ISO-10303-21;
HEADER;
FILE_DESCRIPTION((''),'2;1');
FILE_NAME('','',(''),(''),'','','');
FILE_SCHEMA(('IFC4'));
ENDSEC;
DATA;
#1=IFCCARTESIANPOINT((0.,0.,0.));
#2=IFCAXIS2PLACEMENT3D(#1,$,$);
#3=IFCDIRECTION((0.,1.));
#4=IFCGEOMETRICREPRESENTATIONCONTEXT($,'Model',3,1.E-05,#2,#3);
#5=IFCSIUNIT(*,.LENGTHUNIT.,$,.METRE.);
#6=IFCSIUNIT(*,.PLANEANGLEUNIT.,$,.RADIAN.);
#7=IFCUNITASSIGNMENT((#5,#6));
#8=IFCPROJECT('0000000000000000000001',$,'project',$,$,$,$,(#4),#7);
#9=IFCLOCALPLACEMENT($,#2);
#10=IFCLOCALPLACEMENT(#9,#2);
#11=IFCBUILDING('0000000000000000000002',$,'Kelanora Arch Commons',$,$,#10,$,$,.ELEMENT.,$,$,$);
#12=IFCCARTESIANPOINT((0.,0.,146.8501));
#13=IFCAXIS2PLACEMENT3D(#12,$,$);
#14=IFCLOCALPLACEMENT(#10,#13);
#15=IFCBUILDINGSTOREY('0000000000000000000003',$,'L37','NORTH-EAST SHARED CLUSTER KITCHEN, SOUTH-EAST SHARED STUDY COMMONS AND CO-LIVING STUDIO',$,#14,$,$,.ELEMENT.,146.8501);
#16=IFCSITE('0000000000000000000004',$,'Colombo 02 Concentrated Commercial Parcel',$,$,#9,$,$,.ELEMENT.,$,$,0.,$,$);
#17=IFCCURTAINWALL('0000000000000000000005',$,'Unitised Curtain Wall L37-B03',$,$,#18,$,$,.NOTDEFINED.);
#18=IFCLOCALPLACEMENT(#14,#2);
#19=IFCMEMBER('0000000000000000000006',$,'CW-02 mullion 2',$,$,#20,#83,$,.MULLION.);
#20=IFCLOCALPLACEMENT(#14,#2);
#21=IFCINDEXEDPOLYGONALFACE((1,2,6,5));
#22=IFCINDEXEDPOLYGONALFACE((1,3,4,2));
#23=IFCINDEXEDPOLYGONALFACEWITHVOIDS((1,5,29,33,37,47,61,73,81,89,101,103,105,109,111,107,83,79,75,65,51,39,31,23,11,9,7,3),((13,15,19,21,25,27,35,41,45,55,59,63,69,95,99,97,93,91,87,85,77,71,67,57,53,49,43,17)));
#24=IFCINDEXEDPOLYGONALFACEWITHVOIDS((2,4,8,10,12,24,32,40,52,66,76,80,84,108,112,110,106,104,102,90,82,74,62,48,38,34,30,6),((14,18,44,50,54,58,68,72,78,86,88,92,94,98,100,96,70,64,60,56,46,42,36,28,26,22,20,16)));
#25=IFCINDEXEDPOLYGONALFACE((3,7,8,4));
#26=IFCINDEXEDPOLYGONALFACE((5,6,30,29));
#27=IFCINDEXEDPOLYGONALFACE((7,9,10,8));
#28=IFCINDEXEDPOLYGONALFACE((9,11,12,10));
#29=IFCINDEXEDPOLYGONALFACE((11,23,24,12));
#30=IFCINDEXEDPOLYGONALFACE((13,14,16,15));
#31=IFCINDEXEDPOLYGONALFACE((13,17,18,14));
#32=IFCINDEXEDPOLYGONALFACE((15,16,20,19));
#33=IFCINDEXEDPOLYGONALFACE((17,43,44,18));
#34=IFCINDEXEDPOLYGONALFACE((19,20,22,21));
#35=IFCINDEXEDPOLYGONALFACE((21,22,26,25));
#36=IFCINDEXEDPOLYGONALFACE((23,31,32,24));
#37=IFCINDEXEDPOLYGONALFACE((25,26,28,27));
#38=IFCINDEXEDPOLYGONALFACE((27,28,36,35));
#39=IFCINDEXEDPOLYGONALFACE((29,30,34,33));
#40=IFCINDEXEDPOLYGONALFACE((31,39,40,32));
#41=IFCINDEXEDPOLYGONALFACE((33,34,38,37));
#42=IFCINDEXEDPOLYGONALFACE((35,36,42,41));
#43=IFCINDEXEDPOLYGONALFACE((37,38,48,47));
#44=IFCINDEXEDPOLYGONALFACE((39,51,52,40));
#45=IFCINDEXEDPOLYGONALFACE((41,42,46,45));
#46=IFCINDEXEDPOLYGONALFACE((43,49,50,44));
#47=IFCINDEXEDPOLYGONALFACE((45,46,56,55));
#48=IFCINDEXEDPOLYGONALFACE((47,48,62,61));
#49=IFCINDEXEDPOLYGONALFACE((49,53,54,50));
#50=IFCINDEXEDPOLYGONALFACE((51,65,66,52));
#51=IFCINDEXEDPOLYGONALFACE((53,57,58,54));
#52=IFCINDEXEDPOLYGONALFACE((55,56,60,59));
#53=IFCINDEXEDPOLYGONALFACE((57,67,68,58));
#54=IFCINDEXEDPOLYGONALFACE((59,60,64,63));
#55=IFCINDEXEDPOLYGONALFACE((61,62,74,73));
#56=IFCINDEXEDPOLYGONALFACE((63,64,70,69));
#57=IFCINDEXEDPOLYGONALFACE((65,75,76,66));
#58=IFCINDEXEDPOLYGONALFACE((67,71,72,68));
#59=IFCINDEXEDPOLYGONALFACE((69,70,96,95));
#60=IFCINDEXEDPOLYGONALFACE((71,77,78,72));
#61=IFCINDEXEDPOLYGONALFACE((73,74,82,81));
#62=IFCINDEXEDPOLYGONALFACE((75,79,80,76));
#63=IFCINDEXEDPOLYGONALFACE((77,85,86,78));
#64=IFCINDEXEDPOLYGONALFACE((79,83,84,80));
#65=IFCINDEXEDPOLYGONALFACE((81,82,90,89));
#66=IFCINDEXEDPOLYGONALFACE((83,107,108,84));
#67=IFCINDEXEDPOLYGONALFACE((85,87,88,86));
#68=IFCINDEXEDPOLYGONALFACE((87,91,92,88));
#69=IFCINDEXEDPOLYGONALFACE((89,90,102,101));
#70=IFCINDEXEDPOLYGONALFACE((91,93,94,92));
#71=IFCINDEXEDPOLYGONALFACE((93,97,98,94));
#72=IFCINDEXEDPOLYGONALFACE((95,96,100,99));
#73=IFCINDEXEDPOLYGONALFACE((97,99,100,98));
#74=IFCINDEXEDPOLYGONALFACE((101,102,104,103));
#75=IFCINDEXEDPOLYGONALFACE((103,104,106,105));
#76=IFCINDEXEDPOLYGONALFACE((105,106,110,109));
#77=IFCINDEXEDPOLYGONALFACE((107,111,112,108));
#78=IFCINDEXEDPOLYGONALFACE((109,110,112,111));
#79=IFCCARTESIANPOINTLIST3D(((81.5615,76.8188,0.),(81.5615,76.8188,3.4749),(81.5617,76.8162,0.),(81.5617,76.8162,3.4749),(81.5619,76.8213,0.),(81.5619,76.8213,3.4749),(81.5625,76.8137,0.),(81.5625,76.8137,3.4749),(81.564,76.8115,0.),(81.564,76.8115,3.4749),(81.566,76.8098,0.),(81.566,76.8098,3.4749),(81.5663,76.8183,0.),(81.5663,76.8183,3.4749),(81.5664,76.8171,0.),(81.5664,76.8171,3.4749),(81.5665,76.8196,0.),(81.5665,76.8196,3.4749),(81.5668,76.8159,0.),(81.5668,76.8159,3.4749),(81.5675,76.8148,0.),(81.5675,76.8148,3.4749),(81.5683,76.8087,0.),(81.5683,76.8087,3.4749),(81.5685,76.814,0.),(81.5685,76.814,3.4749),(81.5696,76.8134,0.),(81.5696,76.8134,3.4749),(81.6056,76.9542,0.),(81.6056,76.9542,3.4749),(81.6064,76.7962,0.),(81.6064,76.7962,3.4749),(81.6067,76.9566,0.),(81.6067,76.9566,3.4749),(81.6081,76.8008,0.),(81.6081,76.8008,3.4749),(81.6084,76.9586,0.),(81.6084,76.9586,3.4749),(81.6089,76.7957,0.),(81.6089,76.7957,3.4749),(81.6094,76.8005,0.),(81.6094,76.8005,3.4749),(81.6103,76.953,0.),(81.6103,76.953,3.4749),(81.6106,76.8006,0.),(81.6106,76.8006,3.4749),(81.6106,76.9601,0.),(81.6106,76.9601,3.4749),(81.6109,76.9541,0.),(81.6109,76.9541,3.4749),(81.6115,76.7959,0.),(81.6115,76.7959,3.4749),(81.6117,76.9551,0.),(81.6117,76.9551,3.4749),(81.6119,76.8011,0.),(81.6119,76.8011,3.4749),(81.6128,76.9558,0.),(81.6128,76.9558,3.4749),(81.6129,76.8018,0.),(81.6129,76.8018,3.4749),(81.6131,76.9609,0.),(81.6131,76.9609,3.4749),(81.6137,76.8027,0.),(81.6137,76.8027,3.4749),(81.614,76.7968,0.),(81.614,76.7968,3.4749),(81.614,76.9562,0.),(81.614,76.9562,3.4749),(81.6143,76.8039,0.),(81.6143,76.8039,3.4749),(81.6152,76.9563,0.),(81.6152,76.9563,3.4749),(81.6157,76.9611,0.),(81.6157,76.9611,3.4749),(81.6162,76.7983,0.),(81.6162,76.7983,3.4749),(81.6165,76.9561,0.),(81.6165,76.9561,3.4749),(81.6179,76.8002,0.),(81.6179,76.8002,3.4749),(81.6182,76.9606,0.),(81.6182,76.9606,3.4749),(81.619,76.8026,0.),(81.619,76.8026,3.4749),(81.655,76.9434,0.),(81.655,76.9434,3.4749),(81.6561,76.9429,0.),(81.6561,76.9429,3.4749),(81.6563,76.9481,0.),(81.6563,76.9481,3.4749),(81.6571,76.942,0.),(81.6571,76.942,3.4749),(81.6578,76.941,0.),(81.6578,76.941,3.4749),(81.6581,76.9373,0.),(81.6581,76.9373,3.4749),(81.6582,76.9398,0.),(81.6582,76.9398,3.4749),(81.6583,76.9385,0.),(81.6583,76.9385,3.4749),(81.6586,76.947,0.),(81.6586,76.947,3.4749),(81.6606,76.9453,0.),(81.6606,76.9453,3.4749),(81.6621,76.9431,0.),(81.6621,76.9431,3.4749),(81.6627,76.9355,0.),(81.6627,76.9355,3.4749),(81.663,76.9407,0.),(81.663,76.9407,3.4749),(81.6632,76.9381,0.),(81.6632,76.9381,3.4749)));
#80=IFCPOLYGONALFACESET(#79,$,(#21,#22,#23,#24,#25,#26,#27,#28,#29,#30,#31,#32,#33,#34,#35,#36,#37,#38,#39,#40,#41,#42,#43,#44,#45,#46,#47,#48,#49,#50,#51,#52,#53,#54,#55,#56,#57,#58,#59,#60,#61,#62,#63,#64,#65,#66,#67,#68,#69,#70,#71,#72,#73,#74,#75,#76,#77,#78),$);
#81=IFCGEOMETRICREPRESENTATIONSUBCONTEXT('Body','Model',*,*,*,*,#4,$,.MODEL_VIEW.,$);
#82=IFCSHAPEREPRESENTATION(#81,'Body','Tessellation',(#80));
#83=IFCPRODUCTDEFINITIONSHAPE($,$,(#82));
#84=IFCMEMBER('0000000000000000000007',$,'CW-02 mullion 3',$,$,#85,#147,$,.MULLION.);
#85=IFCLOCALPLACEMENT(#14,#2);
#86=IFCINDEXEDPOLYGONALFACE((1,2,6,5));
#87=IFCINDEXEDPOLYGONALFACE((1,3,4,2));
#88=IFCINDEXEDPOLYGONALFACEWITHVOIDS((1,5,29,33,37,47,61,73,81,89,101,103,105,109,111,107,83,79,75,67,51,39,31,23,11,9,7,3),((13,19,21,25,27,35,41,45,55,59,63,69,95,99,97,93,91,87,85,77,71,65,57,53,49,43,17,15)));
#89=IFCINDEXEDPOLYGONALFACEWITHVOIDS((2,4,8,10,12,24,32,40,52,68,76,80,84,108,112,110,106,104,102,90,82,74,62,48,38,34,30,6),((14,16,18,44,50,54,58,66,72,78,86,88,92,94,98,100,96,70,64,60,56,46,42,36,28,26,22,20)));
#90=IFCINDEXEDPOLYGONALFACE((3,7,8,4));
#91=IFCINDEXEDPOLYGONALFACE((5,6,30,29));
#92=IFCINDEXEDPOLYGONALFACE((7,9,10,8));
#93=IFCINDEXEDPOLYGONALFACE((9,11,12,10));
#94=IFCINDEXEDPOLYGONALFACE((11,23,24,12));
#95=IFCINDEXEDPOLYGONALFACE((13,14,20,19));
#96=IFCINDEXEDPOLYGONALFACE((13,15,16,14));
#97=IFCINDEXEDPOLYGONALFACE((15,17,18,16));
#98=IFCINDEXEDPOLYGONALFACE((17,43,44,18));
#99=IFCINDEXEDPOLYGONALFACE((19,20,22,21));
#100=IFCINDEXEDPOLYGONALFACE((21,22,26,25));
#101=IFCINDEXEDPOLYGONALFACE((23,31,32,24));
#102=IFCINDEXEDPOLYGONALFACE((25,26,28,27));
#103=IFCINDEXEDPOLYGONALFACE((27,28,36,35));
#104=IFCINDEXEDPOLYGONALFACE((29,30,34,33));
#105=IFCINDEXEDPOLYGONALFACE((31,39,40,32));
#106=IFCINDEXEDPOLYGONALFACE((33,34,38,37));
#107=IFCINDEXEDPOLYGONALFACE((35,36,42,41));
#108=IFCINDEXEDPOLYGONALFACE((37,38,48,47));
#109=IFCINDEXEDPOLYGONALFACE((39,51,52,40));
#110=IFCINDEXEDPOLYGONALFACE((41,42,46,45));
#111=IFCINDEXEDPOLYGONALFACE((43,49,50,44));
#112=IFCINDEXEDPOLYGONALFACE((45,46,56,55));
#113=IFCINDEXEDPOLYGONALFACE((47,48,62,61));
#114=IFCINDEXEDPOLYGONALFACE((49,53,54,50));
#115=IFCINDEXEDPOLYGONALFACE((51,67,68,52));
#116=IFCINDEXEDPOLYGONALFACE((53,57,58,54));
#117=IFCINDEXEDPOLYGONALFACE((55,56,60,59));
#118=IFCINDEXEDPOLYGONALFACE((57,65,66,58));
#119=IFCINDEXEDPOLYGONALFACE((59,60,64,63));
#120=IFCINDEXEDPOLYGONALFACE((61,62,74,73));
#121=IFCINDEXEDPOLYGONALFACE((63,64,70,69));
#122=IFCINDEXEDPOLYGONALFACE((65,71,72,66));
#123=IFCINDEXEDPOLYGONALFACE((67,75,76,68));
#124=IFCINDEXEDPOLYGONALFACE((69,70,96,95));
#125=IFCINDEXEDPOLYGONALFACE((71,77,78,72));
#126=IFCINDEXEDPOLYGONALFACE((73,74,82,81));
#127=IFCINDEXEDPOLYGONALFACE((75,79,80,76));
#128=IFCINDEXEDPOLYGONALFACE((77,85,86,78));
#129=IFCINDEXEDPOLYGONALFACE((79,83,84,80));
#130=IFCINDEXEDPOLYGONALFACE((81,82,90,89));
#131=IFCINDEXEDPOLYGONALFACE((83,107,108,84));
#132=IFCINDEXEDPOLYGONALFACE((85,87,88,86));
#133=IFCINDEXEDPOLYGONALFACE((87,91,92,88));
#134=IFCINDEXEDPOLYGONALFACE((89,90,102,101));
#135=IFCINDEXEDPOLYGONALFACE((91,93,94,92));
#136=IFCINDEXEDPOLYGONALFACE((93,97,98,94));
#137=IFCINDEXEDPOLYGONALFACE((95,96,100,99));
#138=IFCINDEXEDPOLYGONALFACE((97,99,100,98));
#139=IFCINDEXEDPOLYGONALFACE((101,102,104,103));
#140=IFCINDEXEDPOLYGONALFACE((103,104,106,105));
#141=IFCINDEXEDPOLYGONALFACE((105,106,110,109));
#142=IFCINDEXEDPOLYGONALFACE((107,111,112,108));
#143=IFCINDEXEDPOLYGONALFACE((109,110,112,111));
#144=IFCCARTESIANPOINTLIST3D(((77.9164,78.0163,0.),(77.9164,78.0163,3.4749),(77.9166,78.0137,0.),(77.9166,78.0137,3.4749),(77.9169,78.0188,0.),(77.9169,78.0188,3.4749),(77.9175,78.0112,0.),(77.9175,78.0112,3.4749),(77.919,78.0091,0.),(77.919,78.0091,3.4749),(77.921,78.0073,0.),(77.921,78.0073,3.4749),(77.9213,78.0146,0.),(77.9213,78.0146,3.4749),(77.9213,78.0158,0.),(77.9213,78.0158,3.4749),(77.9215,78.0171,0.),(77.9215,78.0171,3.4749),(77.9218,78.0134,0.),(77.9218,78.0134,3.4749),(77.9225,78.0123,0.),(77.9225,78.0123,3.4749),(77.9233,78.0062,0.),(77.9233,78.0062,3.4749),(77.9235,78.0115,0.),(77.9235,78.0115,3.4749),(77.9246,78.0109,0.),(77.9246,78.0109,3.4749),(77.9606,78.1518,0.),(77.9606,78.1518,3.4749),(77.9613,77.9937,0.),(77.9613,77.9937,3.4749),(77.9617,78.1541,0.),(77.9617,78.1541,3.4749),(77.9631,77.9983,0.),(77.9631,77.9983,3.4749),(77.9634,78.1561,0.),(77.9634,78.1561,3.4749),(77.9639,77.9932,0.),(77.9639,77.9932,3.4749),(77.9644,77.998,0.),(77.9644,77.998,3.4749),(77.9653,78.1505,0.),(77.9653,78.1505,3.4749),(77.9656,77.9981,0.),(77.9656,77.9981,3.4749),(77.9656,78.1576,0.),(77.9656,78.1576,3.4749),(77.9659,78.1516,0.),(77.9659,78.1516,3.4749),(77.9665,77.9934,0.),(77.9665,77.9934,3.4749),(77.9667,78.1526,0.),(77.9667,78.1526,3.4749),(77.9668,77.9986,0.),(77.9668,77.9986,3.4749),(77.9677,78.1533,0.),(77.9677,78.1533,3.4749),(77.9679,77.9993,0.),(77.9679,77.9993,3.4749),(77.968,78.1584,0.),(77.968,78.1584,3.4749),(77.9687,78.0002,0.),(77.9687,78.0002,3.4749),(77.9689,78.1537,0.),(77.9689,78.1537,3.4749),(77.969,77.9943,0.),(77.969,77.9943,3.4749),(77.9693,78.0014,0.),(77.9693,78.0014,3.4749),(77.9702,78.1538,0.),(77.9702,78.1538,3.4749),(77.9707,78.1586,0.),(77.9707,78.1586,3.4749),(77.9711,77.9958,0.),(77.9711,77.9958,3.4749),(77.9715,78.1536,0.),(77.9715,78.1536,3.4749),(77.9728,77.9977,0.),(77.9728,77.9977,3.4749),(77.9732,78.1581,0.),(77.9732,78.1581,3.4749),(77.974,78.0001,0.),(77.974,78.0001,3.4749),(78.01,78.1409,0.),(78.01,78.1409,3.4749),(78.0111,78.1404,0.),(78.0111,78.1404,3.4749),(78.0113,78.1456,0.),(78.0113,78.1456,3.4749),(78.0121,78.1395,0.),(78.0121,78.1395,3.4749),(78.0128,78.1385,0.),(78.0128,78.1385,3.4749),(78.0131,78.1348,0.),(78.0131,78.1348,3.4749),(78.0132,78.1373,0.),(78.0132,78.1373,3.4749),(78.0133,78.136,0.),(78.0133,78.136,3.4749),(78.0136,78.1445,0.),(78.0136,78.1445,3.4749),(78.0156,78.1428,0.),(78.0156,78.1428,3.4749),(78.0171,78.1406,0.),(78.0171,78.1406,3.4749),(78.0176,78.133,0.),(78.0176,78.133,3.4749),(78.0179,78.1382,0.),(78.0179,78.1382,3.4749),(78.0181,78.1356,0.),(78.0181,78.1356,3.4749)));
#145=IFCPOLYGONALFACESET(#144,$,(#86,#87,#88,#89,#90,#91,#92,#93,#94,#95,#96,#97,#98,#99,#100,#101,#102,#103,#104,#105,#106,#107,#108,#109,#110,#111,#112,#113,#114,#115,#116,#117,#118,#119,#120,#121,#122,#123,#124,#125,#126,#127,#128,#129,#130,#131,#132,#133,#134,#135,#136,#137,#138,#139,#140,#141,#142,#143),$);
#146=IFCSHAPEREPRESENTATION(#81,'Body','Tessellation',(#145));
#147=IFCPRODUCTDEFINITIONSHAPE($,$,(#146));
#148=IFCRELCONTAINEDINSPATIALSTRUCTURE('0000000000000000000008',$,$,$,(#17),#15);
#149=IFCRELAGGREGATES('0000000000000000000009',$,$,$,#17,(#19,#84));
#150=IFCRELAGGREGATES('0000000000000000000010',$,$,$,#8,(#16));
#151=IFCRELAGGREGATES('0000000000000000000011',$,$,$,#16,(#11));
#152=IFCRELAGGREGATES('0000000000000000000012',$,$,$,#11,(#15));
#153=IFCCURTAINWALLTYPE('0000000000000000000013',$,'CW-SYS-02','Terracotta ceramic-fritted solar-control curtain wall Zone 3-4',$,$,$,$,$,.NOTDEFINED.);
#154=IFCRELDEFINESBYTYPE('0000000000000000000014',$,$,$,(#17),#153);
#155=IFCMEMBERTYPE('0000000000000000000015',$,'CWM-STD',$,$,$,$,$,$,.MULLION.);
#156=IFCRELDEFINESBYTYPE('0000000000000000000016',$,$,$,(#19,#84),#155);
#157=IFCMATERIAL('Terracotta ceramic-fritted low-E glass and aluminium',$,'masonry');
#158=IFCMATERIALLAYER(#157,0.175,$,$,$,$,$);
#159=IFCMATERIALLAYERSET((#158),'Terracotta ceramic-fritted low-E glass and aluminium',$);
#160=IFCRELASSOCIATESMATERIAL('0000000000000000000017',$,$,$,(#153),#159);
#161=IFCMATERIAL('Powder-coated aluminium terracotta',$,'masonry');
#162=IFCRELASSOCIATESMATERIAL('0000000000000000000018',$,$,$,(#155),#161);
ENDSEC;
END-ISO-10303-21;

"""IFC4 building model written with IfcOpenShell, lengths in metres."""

from ifc_helpers import new_model, si_unit, direction, frame, origin, origin_2d, place, context, subcontext, project, spatial, hollow_rectangle, extrude, material, layer, layer_set, material_profile, profile_set, type_object, element, aggregate, save


model = new_model("IFC4")

# Units and contexts
model_context = context("Model", 3, precision=1e-05, world=origin(), true_north=direction((0.0, 1.0)))
body_context = subcontext(model_context, "Body", "Model", "MODEL_VIEW")
ifc_project = project(units=[si_unit("LENGTHUNIT", "METRE"), si_unit("PLANEANGLEUNIT", "RADIAN")], contexts=[model_context])

# Site, building, storey
site_placement = place(None, origin())
site = spatial("IfcSite", under=ifc_project, at=site_placement, Name="Colombo 02 Concentrated Commercial Parcel", CompositionType="ELEMENT", RefElevation=0.0)
building_placement = place(site_placement, origin())
building = spatial("IfcBuilding", under=site, at=building_placement, Name="Kelanora Arch Commons", CompositionType="ELEMENT")
storey_placement = place(building_placement, frame((0.0, 0.0, 146.8501)))
storey = spatial("IfcBuildingStorey", under=building, at=storey_placement, Name="L37", Description="NORTH-EAST SHARED CLUSTER KITCHEN, SOUTH-EAST SHARED STUDY COMMONS AND CO-LIVING STUDIO", CompositionType="ELEMENT", Elevation=146.8501)

# Curtain wall, members
ifc_material_1 = material(Name="Terracotta ceramic-fritted low-E glass and aluminium", Category="masonry")
ifc_layer_1 = layer(ifc_material_1, 0.175)
ifc_layer_set_1 = layer_set([ifc_layer_1], Name="Terracotta ceramic-fritted low-E glass and aluminium")
curtain_wall_type = type_object("IfcCurtainWallType", Name="CW-SYS-02", Description="Terracotta ceramic-fritted solar-control curtain wall Zone 3-4", PredefinedType="NOTDEFINED", material=ifc_layer_set_1)
curtain_wall_placement = place(storey_placement, origin())
curtain_wall = element("IfcCurtainWall", 1, at=curtain_wall_placement, inside=storey, type_object=curtain_wall_type, Name="Unitised Curtain Wall L37-B03", PredefinedType="NOTDEFINED")
ifc_material_2 = material(Name="Powder-coated aluminium terracotta", Category="masonry")
ifc_material_profile_1 = material_profile(ifc_material_2, hollow_rectangle(XDim=0.1599, YDim=0.0601, WallThickness=0.0049, InnerFilletRadius=0.0049, OuterFilletRadius=0.01, at=origin_2d()), Name="CWM160x60")
ifc_profile_set_1 = profile_set([ifc_material_profile_1], Name="Powder-coated aluminium terracotta")
member_type_1 = type_object("IfcMemberType", Name="CWM-STD", PredefinedType="MULLION", material=ifc_profile_set_1)
member_1_placement = place(storey_placement, frame((81.6123, 76.8784, 0.0), z_axis=(0.0, 0.0, 1.0), x_axis=(-0.312128, -0.95004, 0.0)))
member_1 = element("IfcMember", 2, at=member_1_placement, type_object=member_type_1, Name="CW-02 mullion 2", PredefinedType="MULLION", context=body_context, shape_type="SweptSolid", body=[
    extrude(hollow_rectangle(XDim=0.1599, YDim=0.0601, WallThickness=0.0049, InnerFilletRadius=0.0049, OuterFilletRadius=0.01, at=origin_2d()), origin(), (0.0, 0.0, 1.0), 3.4749),
])
member_2_placement = place(storey_placement, frame((77.9673, 78.0759, 0.0), z_axis=(0.0, 0.0, 1.0), x_axis=(-0.312128, -0.95004, 0.0)))
member_2 = element("IfcMember", 3, at=member_2_placement, type_object=member_type_1, Name="CW-02 mullion 3", PredefinedType="MULLION", context=body_context, shape_type="SweptSolid", body=[
    extrude(hollow_rectangle(XDim=0.1599, YDim=0.0601, WallThickness=0.0049, InnerFilletRadius=0.0049, OuterFilletRadius=0.01, at=origin_2d()), origin(), (0.0, 0.0, 1.0), 3.4749),
])
aggregate(curtain_wall, [member_1, member_2])

save(model, "model.ifc")
